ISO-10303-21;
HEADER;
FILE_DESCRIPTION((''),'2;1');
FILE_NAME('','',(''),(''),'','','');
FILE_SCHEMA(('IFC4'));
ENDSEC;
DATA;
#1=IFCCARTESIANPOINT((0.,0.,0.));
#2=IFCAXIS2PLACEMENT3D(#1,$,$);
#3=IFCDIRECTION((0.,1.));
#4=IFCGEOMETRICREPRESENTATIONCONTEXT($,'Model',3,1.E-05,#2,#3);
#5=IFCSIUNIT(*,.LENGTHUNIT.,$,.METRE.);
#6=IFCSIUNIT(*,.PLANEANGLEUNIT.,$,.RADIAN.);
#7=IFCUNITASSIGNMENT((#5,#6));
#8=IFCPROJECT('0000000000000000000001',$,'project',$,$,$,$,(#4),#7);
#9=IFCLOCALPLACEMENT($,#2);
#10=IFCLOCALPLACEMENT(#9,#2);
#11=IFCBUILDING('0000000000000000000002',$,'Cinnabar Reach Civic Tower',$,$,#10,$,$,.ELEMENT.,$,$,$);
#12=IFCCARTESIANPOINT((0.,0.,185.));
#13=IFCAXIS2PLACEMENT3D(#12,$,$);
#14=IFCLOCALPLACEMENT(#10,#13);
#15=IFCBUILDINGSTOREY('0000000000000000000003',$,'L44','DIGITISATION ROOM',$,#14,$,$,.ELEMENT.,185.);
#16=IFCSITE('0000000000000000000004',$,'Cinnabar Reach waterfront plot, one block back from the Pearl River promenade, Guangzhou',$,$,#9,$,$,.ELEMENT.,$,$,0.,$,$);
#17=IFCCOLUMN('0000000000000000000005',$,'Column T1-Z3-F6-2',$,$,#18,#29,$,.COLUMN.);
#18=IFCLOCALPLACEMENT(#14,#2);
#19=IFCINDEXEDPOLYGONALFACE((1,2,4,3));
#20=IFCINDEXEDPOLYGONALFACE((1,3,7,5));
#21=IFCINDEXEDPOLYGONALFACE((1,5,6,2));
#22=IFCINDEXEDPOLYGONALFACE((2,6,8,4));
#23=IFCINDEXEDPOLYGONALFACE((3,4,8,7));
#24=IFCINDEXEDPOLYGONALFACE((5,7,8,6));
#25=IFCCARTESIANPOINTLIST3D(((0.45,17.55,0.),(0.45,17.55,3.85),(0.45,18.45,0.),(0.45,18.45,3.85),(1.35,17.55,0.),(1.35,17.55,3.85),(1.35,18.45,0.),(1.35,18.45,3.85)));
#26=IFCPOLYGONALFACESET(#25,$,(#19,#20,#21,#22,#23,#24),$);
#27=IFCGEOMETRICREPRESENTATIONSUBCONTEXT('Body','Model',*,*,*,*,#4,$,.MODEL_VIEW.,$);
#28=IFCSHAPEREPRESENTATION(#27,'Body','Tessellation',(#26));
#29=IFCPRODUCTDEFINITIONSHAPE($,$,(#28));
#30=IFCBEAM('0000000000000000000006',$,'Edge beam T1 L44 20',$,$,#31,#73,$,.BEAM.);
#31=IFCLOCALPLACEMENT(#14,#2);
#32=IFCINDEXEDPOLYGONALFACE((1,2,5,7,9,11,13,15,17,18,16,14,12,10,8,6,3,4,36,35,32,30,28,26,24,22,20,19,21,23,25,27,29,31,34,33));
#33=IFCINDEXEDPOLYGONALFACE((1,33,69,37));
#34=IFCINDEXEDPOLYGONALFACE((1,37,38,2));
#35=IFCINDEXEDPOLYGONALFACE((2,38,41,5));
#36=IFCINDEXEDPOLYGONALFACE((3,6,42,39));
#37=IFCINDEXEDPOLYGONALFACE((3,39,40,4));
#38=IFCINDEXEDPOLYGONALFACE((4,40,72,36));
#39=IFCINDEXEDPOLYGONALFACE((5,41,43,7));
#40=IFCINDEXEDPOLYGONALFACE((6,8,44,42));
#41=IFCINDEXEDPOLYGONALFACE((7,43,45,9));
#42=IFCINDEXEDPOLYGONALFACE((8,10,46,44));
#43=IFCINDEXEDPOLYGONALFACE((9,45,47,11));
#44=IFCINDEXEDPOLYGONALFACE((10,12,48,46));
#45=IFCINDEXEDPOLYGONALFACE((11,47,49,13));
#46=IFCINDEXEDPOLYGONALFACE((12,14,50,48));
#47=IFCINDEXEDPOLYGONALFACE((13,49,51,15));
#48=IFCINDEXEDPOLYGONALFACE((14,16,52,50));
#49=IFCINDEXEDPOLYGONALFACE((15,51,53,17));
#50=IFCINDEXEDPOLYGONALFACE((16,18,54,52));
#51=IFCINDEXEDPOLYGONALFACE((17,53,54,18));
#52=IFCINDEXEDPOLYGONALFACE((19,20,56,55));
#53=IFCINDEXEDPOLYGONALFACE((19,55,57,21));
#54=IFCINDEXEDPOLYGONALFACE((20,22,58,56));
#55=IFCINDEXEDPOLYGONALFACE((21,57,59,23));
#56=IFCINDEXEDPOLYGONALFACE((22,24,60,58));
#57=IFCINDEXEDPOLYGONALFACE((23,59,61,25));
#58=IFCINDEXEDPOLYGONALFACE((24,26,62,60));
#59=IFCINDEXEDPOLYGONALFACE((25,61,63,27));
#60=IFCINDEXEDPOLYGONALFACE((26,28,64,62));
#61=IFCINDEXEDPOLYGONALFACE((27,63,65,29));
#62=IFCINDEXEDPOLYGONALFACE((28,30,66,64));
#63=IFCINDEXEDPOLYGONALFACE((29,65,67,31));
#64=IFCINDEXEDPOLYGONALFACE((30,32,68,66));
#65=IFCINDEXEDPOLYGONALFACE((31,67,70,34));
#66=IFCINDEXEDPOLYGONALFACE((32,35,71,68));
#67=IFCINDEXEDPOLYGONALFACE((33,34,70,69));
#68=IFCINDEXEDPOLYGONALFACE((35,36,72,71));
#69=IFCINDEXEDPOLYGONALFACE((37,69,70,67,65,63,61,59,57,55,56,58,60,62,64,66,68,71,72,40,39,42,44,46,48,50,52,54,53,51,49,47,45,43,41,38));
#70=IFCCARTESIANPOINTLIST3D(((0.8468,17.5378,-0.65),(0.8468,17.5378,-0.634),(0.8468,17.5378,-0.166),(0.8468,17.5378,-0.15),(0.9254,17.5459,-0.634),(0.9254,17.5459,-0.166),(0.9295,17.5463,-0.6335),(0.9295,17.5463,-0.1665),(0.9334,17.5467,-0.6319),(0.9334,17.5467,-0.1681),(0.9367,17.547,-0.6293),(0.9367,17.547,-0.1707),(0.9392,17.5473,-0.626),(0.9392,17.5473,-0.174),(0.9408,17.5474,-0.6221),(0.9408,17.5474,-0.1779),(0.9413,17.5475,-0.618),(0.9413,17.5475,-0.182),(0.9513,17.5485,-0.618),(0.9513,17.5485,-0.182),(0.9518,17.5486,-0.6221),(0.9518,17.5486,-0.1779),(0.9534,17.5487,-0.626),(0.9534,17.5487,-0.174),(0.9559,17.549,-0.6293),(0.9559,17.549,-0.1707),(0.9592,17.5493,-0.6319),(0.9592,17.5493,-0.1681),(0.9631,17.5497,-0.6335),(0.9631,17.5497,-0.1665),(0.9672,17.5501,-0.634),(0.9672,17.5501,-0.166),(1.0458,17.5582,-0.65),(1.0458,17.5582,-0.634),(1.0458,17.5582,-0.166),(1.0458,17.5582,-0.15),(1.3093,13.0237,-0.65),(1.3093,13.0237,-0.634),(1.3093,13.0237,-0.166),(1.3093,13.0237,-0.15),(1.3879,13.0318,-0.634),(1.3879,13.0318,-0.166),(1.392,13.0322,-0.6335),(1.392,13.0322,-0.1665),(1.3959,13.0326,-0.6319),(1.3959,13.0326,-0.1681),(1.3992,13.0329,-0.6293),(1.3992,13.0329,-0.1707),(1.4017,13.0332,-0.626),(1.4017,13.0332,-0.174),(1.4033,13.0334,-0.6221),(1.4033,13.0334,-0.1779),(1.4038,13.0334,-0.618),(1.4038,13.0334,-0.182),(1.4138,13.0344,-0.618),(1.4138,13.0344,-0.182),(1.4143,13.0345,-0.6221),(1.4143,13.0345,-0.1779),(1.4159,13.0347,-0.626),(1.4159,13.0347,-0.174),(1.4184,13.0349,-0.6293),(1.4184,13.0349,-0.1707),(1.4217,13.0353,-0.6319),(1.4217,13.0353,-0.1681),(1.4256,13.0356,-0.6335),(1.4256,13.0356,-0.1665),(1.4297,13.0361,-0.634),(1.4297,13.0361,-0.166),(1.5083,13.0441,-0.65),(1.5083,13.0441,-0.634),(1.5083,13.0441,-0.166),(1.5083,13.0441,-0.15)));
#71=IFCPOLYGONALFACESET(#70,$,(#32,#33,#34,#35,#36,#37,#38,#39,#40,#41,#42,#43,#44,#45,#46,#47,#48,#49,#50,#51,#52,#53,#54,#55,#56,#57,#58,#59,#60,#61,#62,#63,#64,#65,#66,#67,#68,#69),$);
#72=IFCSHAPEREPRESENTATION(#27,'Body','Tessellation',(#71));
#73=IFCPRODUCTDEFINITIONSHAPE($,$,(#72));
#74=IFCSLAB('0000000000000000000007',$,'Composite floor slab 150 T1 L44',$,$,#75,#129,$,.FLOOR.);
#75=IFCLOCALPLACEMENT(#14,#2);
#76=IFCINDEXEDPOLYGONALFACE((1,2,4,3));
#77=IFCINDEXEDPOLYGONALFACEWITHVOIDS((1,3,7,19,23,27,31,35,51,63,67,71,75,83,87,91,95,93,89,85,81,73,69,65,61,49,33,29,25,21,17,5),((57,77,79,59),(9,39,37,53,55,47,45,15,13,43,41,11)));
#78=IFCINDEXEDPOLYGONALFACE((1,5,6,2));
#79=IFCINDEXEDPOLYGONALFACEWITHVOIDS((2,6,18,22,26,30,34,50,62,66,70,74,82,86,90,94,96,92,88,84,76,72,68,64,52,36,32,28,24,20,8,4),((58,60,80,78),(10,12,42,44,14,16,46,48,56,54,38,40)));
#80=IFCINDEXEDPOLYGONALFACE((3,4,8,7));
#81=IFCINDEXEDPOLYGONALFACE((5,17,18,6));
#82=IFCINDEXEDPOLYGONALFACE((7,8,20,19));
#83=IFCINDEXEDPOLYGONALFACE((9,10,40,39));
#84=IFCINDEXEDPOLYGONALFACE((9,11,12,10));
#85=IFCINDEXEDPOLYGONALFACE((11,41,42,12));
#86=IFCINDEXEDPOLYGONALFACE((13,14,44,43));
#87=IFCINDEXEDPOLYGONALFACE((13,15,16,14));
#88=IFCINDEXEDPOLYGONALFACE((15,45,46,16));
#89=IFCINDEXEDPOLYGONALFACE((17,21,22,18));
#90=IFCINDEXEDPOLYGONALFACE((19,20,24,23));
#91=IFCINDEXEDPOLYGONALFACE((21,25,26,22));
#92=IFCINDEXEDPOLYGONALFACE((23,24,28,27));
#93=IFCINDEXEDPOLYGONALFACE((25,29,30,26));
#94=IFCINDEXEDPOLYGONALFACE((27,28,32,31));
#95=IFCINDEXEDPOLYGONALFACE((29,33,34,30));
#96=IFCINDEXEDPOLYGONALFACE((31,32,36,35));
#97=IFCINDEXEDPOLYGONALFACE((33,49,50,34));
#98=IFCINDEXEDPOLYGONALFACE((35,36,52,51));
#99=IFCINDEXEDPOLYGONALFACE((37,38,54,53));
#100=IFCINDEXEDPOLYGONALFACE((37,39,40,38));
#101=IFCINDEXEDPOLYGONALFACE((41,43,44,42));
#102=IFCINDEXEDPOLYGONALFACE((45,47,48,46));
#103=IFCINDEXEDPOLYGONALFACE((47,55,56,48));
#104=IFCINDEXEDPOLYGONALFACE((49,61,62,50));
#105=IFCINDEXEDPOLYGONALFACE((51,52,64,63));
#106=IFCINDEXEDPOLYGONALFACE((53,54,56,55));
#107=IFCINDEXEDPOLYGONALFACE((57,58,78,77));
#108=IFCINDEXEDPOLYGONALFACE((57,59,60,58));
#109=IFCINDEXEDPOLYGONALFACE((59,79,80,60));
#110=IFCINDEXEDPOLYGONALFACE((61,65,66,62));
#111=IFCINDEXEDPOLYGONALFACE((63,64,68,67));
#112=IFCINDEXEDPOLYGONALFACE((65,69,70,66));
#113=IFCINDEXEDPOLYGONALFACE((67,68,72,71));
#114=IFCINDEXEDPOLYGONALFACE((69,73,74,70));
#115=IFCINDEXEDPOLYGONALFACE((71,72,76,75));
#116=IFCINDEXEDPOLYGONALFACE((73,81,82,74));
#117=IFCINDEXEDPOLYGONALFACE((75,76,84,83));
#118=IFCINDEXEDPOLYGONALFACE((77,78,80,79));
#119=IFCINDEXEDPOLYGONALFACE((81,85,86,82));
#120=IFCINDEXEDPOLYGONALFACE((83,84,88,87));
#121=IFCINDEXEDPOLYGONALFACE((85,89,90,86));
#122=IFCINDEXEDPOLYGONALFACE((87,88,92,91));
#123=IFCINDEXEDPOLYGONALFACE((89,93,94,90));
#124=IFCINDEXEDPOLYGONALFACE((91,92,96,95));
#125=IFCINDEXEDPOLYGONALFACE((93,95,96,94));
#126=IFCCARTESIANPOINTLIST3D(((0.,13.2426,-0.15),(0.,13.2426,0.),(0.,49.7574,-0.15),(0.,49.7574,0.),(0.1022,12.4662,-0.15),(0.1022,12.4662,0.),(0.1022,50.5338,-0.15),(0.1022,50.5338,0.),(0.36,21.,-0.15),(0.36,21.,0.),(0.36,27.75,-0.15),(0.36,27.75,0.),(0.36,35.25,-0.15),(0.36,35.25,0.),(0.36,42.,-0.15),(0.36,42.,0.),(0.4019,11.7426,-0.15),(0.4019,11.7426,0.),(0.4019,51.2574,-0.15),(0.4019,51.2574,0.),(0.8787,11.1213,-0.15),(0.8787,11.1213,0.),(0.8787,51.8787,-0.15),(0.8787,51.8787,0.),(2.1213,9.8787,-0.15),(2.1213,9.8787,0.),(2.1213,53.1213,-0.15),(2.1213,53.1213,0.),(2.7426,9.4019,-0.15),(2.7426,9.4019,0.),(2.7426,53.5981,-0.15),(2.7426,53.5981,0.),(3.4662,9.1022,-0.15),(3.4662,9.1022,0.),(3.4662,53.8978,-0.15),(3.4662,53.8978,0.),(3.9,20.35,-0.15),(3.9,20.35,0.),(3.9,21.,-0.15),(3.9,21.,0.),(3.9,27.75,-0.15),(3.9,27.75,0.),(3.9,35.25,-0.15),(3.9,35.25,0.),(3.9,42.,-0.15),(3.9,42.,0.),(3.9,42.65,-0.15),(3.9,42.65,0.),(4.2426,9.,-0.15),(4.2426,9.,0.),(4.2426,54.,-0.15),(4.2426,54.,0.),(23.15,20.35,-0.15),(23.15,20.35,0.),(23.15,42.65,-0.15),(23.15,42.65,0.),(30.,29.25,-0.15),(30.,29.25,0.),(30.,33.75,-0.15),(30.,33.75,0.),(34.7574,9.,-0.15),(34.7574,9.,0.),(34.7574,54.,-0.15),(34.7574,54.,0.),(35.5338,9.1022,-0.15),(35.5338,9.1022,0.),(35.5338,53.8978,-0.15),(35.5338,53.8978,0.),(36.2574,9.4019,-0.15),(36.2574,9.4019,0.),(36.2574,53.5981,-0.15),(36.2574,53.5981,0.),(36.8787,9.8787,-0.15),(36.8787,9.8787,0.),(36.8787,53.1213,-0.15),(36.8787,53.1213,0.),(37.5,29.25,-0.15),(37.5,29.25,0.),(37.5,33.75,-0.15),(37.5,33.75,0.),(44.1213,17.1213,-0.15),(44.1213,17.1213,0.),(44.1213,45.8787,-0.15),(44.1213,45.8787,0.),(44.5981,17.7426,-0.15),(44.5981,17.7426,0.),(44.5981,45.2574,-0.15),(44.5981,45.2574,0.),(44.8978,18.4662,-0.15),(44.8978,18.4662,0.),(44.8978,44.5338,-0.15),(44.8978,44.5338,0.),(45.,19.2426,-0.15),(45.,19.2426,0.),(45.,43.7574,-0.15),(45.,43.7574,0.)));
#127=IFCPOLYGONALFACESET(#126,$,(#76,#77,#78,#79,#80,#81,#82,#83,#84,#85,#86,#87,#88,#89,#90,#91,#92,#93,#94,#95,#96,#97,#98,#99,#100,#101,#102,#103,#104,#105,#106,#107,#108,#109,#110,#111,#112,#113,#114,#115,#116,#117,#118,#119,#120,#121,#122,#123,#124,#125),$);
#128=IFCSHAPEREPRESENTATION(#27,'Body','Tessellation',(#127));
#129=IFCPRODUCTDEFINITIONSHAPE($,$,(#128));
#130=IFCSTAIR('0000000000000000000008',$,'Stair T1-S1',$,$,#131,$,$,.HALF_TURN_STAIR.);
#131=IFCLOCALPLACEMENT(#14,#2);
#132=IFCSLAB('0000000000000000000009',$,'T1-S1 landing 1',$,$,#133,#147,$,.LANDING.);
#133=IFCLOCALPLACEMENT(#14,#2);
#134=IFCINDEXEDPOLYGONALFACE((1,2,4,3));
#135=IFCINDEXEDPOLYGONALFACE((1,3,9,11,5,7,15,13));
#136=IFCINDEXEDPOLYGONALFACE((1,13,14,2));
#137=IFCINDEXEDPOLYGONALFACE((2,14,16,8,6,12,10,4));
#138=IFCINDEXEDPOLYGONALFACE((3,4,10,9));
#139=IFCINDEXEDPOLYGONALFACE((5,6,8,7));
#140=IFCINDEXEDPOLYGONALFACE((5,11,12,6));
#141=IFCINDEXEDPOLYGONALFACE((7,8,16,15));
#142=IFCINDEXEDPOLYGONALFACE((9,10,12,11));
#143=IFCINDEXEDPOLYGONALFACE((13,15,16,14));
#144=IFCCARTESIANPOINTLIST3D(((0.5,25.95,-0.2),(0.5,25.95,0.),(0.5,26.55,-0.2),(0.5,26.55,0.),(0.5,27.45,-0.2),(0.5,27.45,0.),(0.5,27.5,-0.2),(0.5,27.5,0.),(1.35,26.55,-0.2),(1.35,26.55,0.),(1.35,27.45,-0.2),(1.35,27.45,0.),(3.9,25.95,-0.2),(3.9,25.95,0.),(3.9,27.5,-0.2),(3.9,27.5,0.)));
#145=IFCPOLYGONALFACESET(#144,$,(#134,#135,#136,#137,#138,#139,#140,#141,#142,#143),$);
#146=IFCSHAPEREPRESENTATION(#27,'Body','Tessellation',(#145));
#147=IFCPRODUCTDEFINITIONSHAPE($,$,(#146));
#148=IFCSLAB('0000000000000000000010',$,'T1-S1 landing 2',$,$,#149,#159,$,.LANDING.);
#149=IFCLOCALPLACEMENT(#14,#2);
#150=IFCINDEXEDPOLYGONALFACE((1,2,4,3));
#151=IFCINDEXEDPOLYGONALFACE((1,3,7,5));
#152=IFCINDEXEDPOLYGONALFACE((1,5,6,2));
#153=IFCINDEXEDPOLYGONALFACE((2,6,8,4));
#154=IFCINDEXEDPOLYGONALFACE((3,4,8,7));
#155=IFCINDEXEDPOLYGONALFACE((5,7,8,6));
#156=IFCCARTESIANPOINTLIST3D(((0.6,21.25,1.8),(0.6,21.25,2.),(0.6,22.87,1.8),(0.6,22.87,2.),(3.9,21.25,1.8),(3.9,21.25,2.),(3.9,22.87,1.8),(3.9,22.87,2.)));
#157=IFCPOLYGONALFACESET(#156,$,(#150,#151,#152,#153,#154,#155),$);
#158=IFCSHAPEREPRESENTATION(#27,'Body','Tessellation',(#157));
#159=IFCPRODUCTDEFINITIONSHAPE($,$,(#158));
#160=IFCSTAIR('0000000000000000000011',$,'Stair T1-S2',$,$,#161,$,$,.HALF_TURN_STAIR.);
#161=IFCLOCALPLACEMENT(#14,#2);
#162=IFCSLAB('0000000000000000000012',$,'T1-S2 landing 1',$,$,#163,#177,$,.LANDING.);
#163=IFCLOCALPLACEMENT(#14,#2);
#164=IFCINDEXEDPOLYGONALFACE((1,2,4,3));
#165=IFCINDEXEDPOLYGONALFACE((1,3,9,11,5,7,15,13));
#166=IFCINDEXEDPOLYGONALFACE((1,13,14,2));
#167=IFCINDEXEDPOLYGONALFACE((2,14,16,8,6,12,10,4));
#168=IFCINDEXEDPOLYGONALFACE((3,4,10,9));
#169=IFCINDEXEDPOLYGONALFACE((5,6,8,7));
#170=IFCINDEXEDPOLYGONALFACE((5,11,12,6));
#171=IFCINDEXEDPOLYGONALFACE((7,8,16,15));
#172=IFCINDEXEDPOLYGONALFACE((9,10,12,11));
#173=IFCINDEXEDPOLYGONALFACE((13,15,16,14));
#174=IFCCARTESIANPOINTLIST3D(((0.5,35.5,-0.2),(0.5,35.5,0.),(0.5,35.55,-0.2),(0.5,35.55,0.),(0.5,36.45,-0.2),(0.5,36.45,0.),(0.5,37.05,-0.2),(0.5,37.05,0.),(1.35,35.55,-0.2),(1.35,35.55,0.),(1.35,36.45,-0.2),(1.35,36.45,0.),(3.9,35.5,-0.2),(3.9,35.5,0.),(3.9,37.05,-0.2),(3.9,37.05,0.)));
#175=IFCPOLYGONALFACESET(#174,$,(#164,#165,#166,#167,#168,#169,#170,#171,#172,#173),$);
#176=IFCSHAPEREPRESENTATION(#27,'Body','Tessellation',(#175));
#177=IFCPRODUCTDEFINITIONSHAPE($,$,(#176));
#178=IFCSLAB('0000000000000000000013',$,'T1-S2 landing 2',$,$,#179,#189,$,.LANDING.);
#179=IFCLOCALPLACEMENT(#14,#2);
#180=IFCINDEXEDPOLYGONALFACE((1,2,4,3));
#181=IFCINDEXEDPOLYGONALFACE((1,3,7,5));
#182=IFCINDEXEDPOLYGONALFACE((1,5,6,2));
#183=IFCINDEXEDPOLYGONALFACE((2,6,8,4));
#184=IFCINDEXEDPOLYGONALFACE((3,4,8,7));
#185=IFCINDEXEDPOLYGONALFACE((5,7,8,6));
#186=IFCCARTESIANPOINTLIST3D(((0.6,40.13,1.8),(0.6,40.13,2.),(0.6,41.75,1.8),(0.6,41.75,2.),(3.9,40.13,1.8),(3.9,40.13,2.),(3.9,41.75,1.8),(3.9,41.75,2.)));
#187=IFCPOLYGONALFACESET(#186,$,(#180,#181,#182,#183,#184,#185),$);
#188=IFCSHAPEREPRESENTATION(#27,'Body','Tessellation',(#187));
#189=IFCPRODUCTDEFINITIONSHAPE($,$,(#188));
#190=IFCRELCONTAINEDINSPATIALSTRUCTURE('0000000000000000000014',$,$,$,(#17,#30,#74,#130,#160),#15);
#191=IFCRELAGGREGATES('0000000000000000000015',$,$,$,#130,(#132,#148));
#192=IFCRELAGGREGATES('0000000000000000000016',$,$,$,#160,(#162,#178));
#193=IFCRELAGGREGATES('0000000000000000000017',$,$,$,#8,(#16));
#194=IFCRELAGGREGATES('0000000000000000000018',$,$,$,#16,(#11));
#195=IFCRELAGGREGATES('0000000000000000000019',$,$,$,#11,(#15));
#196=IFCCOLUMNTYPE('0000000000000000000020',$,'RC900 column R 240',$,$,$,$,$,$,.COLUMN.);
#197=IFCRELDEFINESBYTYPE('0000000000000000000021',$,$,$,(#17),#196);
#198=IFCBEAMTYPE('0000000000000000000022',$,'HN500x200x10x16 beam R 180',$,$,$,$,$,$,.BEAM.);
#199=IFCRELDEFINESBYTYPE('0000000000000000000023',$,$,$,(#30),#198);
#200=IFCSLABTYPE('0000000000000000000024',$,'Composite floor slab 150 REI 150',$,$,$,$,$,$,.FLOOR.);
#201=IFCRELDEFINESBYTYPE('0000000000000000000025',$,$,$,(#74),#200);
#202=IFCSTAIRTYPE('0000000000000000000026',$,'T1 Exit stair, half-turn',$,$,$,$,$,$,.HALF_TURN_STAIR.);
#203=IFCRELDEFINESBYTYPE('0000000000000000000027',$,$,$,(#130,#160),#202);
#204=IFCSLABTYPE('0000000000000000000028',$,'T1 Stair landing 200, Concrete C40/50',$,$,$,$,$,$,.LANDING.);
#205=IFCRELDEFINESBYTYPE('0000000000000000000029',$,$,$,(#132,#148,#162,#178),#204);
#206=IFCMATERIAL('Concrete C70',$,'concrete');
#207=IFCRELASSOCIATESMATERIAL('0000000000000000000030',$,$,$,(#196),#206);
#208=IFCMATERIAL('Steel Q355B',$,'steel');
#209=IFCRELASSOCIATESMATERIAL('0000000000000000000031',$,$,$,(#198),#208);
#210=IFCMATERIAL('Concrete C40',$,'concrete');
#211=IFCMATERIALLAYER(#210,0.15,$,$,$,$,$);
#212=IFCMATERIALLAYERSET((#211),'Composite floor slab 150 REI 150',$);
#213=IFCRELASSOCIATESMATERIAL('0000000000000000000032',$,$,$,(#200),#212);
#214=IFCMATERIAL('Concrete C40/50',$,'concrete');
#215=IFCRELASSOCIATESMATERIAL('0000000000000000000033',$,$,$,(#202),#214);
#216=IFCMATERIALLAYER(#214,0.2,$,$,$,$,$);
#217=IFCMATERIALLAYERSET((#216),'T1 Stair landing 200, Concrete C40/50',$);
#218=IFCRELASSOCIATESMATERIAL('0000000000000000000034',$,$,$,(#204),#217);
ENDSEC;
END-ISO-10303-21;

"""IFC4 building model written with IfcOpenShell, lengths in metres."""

from ifc_helpers import new_model, si_unit, direction, frame, origin, origin_2d, place, context, subcontext, project, spatial, polyline, rectangle, i_section, outline, extrude, material, layer, layer_set, material_profile, profile_set, type_object, element, aggregate, save


model = new_model("IFC4")

# Units and contexts
model_context = context("Model", 3, precision=1e-05, world=origin(), true_north=direction((0.0, 1.0)))
body_context = subcontext(model_context, "Body", "Model", "MODEL_VIEW")
ifc_project = project(units=[si_unit("LENGTHUNIT", "METRE"), si_unit("PLANEANGLEUNIT", "RADIAN")], contexts=[model_context])

# Site, building, storey
site_placement = place(None, origin())
site = spatial("IfcSite", under=ifc_project, at=site_placement, Name="Cinnabar Reach waterfront plot, one block back from the Pearl River promenade, Guangzhou", CompositionType="ELEMENT", RefElevation=0.0)
building_placement = place(site_placement, origin())
building = spatial("IfcBuilding", under=site, at=building_placement, Name="Cinnabar Reach Civic Tower", CompositionType="ELEMENT")
storey_placement = place(building_placement, frame((0.0, 0.0, 185.0)))
storey = spatial("IfcBuildingStorey", under=building, at=storey_placement, Name="L44", Description="DIGITISATION ROOM", CompositionType="ELEMENT", Elevation=185.0)

# Column
ifc_material_1 = material(Name="Concrete C70", Category="concrete")
ifc_material_profile_1 = material_profile(ifc_material_1, rectangle(XDim=0.9, YDim=0.9, at=origin_2d()), Name="RC900")
ifc_profile_set_1 = profile_set([ifc_material_profile_1], Name="Concrete C70")
column_type = type_object("IfcColumnType", Name="RC900 column R 240", PredefinedType="COLUMN", material=ifc_profile_set_1)
column_placement = place(storey_placement, frame((0.9, 18.0, 0.0), z_axis=(0.0, 0.0, 1.0), x_axis=(1.0, 0.0, 0.0)))
element("IfcColumn", 1, at=column_placement, inside=storey, type_object=column_type, Name="Column T1-Z3-F6-2", PredefinedType="COLUMN", context=body_context, shape_type="SweptSolid", body=[
    extrude(rectangle(XDim=0.9, YDim=0.9, at=origin_2d()), origin(), (0.0, 0.0, 1.0), 3.85),
])

# Beam
ifc_material_2 = material(Name="Steel Q355B", Category="steel")
ifc_material_profile_2 = material_profile(ifc_material_2, i_section(OverallWidth=0.2, OverallDepth=0.5, WebThickness=0.01, FlangeThickness=0.016, FilletRadius=0.016, at=origin_2d()), Name="HN500x200x10x16")
ifc_profile_set_2 = profile_set([ifc_material_profile_2], Name="Steel Q355B")
beam_type = type_object("IfcBeamType", Name="HN500x200x10x16 beam R 180", PredefinedType="BEAM", material=ifc_profile_set_2)
beam_placement = place(storey_placement, frame((0.9463, 17.548, -0.4), z_axis=(0.101923, -0.994792, 0.0), x_axis=(0.994792, 0.101923, 0.0)))
element("IfcBeam", 2, at=beam_placement, inside=storey, type_object=beam_type, Name="Edge beam T1 L44 20", PredefinedType="BEAM", context=body_context, shape_type="SweptSolid", body=[
    extrude(i_section(OverallWidth=0.2, OverallDepth=0.5, WebThickness=0.01, FlangeThickness=0.016, FilletRadius=0.016, at=origin_2d()), origin(), (0.0, 0.0, 1.0), 4.5377),
])

# Slab
ifc_material_3 = material(Name="Concrete C40", Category="concrete")
ifc_layer_1 = layer(ifc_material_3, 0.15)
ifc_layer_set_1 = layer_set([ifc_layer_1], Name="Composite floor slab 150 REI 150")
slab_type_1 = type_object("IfcSlabType", Name="Composite floor slab 150 REI 150", PredefinedType="FLOOR", material=ifc_layer_set_1)
slab_1_placement = place(storey_placement, frame((0.0, 0.0, -0.15)))
element("IfcSlab", 3, at=slab_1_placement, inside=storey, type_object=slab_type_1, Name="Composite floor slab 150 T1 L44", PredefinedType="FLOOR", context=body_context, shape_type="SweptSolid", body=[
    extrude(outline(polyline([(0.8787, 11.1213), (0.4019, 11.7426), (0.1022, 12.4662), (0.0, 13.2426), (0.0, 49.7574), (0.1022, 50.5338), (0.4019, 51.2574), (0.8787, 51.8787), (2.1213, 53.1213), (2.7426, 53.5981), (3.4662, 53.8978), (4.2426, 54.0), (34.7574, 54.0), (35.5338, 53.8978), (36.2574, 53.5981), (36.8787, 53.1213), (44.1213, 45.8787), (44.5981, 45.2574), (44.8978, 44.5338), (45.0, 43.7574), (45.0, 19.2426), (44.8978, 18.4662), (44.5981, 17.7426), (44.1213, 17.1213), (36.8787, 9.8787), (36.2574, 9.4019), (35.5338, 9.1022), (34.7574, 9.0), (4.2426, 9.0), (3.4662, 9.1022), (2.7426, 9.4019), (2.1213, 9.8787), (0.8787, 11.1213)]), holes=[polyline([(0.36, 21.0), (3.9, 21.0), (3.9, 20.35), (23.15, 20.35), (23.15, 42.65), (3.9, 42.65), (3.9, 42.0), (0.36, 42.0), (0.36, 35.25), (3.9, 35.25), (3.9, 27.75), (0.36, 27.75), (0.36, 21.0)]), polyline([(30.0, 33.75), (30.0, 29.25), (37.5, 29.25), (37.5, 33.75), (30.0, 33.75)])]), origin(), (0.0, 0.0, 1.0), 0.15),
])

# Stairs, slabs
ifc_material_4 = material(Name="Concrete C40/50", Category="concrete")
stair_type = type_object("IfcStairType", Name="T1 Exit stair, half-turn", PredefinedType="HALF_TURN_STAIR", material=ifc_material_4)
stair_1_placement = place(storey_placement, origin())
stair_1 = element("IfcStair", 4, at=stair_1_placement, inside=storey, type_object=stair_type, Name="Stair T1-S1", PredefinedType="HALF_TURN_STAIR")
ifc_layer_2 = layer(ifc_material_4, 0.2)
ifc_layer_set_2 = layer_set([ifc_layer_2], Name="T1 Stair landing 200, Concrete C40/50")
slab_type_2 = type_object("IfcSlabType", Name="T1 Stair landing 200, Concrete C40/50", PredefinedType="LANDING", material=ifc_layer_set_2)
slab_2_placement = place(storey_placement, frame((0.0, 0.0, -0.2)))
slab_2 = element("IfcSlab", 5, at=slab_2_placement, type_object=slab_type_2, Name="T1-S1 landing 1", PredefinedType="LANDING", context=body_context, shape_type="SweptSolid", body=[
    extrude(outline(polyline([(0.5, 27.5), (3.9, 27.5), (3.9, 25.95), (0.5, 25.95), (0.5, 26.55), (1.35, 26.55), (1.35, 27.45), (0.5, 27.45), (0.5, 27.5)])), origin(), (0.0, 0.0, 1.0), 0.2),
])
slab_3_placement = place(storey_placement, frame((0.0, 0.0, 1.8)))
slab_3 = element("IfcSlab", 6, at=slab_3_placement, type_object=slab_type_2, Name="T1-S1 landing 2", PredefinedType="LANDING", context=body_context, shape_type="SweptSolid", body=[
    extrude(outline(polyline([(0.6, 21.25), (0.6, 22.87), (3.9, 22.87), (3.9, 21.25), (0.6, 21.25)])), origin(), (0.0, 0.0, 1.0), 0.2),
])
aggregate(stair_1, [slab_2, slab_3])
stair_2_placement = place(storey_placement, origin())
stair_2 = element("IfcStair", 7, at=stair_2_placement, inside=storey, type_object=stair_type, Name="Stair T1-S2", PredefinedType="HALF_TURN_STAIR")
slab_4_placement = place(storey_placement, frame((0.0, 0.0, -0.2)))
slab_4 = element("IfcSlab", 8, at=slab_4_placement, type_object=slab_type_2, Name="T1-S2 landing 1", PredefinedType="LANDING", context=body_context, shape_type="SweptSolid", body=[
    extrude(outline(polyline([(0.5, 37.05), (3.9, 37.05), (3.9, 35.5), (0.5, 35.5), (0.5, 35.55), (1.35, 35.55), (1.35, 36.45), (0.5, 36.45), (0.5, 37.05)])), origin(), (0.0, 0.0, 1.0), 0.2),
])
slab_5_placement = place(storey_placement, frame((0.0, 0.0, 1.8)))
slab_5 = element("IfcSlab", 9, at=slab_5_placement, type_object=slab_type_2, Name="T1-S2 landing 2", PredefinedType="LANDING", context=body_context, shape_type="SweptSolid", body=[
    extrude(outline(polyline([(0.6, 40.13), (0.6, 41.75), (3.9, 41.75), (3.9, 40.13), (0.6, 40.13)])), origin(), (0.0, 0.0, 1.0), 0.2),
])
aggregate(stair_2, [slab_4, slab_5])

save(model, "model.ifc")
